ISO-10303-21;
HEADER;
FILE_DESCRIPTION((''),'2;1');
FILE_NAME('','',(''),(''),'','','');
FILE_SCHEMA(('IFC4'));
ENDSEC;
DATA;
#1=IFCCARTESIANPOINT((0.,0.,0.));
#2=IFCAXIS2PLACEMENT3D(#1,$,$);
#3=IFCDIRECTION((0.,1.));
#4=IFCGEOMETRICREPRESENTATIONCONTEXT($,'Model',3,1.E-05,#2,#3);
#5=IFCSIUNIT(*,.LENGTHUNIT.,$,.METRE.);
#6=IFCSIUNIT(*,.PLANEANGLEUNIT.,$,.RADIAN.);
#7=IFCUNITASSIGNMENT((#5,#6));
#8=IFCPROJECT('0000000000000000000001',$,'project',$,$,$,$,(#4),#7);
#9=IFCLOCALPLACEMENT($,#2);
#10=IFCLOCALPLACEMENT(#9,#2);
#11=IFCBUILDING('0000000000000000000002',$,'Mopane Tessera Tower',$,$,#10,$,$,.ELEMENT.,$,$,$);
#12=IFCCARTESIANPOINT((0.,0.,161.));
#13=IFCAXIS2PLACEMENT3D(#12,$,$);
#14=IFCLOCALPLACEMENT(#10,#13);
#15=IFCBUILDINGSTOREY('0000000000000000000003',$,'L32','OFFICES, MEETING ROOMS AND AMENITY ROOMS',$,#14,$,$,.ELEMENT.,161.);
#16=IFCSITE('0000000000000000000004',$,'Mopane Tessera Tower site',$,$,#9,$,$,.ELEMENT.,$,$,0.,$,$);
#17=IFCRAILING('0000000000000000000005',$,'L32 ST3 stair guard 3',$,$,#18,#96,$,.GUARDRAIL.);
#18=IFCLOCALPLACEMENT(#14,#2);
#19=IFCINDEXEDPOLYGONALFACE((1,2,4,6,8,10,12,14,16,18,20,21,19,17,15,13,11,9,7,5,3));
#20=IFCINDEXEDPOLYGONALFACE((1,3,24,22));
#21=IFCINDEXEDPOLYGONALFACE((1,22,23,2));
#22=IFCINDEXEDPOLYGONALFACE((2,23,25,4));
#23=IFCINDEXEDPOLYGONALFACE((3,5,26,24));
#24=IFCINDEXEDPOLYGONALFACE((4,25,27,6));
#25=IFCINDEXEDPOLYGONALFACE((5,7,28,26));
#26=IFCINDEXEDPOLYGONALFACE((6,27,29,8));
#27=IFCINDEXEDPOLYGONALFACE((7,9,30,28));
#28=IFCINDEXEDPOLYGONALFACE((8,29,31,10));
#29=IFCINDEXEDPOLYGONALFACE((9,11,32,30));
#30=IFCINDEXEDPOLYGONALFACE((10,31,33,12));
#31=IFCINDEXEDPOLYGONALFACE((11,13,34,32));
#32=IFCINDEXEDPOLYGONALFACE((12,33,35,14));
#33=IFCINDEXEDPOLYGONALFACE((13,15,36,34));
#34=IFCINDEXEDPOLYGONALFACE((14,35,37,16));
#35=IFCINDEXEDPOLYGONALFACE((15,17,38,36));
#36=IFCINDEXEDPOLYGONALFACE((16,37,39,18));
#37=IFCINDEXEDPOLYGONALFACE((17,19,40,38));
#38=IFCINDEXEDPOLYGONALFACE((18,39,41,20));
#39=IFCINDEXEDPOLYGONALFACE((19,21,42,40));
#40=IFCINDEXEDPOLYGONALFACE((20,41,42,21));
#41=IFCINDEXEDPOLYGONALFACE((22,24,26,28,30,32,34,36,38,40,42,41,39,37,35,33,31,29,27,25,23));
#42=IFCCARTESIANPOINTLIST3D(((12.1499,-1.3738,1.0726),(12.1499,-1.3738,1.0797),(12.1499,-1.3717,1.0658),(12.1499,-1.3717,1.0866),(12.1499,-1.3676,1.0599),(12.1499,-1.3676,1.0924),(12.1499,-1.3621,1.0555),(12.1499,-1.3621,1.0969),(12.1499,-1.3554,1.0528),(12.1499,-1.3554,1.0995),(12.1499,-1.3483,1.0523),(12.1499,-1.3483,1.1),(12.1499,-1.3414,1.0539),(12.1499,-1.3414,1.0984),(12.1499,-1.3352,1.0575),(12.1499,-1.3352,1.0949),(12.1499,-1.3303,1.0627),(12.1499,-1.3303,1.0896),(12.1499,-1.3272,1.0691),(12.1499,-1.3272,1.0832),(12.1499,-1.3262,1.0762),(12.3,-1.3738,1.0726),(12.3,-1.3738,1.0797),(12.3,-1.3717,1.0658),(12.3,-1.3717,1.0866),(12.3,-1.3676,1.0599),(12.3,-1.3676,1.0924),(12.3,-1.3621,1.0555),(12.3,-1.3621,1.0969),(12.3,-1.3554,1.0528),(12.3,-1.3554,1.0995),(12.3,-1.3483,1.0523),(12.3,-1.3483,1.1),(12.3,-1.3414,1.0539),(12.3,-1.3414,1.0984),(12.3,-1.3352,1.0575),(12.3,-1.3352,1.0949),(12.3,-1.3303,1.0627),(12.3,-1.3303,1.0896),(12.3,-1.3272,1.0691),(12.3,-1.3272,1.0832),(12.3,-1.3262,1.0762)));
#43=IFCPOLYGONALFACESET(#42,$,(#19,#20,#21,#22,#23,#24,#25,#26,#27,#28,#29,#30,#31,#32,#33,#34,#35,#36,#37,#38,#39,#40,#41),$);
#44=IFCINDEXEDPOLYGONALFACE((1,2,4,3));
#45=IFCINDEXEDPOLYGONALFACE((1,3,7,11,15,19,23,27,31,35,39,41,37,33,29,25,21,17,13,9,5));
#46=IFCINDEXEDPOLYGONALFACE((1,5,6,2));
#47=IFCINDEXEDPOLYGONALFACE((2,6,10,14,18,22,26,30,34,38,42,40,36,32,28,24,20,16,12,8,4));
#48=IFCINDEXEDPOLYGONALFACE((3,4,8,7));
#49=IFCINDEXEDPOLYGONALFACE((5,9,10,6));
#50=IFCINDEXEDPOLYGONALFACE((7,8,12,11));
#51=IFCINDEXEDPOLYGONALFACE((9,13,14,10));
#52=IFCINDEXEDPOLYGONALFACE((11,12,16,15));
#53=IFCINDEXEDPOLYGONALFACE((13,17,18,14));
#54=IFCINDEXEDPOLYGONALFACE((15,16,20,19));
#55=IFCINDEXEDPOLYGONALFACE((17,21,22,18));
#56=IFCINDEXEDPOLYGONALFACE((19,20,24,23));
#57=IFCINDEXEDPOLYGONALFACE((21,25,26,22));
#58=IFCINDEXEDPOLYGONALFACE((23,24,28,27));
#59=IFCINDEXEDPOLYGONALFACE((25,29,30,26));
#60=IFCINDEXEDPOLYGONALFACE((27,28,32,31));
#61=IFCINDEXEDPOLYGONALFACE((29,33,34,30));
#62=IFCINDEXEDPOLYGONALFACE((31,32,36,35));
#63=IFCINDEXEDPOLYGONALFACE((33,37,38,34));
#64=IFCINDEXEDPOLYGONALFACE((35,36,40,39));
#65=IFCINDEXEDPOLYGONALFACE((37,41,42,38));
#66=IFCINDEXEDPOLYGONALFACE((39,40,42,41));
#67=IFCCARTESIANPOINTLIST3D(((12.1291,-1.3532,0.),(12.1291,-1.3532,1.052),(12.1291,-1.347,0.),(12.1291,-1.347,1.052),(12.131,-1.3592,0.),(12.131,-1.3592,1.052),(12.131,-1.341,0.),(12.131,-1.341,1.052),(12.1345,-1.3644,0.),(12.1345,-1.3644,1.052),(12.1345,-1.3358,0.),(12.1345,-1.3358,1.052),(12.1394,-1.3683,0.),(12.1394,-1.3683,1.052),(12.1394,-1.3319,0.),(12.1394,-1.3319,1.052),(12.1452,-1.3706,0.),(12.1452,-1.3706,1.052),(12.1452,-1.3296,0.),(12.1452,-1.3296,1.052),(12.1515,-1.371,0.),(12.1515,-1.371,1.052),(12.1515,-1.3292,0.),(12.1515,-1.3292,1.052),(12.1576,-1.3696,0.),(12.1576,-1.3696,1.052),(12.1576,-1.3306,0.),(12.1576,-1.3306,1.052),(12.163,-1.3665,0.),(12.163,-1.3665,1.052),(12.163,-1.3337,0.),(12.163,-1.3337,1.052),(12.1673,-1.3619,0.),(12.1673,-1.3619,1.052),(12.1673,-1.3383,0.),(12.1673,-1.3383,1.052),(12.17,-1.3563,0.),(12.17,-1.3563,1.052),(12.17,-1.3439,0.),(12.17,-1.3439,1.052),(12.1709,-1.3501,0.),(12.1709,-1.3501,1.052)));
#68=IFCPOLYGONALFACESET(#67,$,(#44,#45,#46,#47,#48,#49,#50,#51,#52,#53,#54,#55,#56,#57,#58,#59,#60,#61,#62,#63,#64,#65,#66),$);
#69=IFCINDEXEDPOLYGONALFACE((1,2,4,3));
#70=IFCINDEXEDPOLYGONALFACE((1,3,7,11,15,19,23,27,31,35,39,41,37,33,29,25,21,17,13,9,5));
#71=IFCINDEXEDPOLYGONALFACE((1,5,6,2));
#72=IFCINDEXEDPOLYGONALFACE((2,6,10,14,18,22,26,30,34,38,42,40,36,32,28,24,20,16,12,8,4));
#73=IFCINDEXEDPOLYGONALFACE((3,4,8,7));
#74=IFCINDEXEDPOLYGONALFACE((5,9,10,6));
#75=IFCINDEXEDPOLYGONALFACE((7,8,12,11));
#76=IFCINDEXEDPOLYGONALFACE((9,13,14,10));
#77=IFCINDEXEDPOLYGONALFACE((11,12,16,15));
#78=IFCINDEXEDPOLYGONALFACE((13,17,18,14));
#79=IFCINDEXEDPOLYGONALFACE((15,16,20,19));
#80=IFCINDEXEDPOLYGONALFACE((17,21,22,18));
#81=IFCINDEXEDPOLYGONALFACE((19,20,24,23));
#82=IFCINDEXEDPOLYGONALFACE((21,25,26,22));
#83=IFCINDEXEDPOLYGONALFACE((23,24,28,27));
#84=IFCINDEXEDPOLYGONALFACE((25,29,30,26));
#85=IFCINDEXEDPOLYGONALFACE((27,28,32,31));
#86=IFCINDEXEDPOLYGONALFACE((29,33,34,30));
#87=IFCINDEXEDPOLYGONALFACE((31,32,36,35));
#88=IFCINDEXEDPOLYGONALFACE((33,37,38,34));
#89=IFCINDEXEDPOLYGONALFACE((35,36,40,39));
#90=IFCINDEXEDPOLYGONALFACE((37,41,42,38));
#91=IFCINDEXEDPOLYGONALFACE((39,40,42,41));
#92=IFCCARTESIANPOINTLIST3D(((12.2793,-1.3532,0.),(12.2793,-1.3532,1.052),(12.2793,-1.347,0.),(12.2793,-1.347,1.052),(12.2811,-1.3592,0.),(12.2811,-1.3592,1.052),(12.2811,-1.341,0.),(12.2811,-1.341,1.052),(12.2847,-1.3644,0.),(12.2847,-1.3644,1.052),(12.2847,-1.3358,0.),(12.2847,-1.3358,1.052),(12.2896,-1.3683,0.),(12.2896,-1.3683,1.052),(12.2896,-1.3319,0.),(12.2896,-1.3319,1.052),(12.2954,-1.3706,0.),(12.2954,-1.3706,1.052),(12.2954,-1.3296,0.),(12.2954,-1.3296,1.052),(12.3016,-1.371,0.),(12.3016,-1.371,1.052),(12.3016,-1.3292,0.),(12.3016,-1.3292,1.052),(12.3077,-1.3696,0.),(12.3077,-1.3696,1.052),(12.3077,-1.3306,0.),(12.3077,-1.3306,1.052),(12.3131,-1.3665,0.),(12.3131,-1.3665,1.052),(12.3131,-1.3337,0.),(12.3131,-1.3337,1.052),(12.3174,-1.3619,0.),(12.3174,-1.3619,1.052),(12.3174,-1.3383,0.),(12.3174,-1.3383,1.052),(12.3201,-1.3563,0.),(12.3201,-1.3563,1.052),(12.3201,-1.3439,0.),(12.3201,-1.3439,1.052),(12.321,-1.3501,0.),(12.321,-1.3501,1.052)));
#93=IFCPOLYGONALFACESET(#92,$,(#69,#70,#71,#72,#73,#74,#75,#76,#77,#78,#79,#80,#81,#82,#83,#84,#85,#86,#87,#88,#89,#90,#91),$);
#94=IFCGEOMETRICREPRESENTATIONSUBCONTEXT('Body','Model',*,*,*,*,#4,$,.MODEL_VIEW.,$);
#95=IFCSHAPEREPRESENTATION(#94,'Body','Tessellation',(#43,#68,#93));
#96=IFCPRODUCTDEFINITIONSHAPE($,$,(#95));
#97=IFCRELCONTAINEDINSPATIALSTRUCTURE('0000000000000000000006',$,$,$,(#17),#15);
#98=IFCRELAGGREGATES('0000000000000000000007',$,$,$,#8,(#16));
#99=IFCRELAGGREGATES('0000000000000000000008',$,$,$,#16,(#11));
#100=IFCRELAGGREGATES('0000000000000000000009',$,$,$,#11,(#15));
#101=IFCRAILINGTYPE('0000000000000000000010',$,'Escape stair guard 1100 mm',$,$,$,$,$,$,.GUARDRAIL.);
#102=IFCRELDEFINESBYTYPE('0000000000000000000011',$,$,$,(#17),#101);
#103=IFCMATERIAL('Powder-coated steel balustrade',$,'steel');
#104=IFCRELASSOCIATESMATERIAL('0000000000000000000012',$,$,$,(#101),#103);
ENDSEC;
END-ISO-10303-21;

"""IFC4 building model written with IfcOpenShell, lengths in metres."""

from ifc_helpers import new_model, si_unit, direction, frame, origin, origin_2d, place, context, subcontext, project, spatial, circle, extrude, material, type_object, element, save


model = new_model("IFC4")

# Units and contexts
model_context = context("Model", 3, precision=1e-05, world=origin(), true_north=direction((0.0, 1.0)))
body_context = subcontext(model_context, "Body", "Model", "MODEL_VIEW")
ifc_project = project(units=[si_unit("LENGTHUNIT", "METRE"), si_unit("PLANEANGLEUNIT", "RADIAN")], contexts=[model_context])

# Site, building, storey
site_placement = place(None, origin())
site = spatial("IfcSite", under=ifc_project, at=site_placement, Name="Mopane Tessera Tower site", CompositionType="ELEMENT", RefElevation=0.0)
building_placement = place(site_placement, origin())
building = spatial("IfcBuilding", under=site, at=building_placement, Name="Mopane Tessera Tower", CompositionType="ELEMENT")
storey_placement = place(building_placement, frame((0.0, 0.0, 161.0)))
storey = spatial("IfcBuildingStorey", under=building, at=storey_placement, Name="L32", Description="OFFICES, MEETING ROOMS AND AMENITY ROOMS", CompositionType="ELEMENT", Elevation=161.0)

# Railing
ifc_material_1 = material(Name="Powder-coated steel balustrade", Category="steel")
railing_type_1 = type_object("IfcRailingType", Name="Escape stair guard 1100 mm", PredefinedType="GUARDRAIL", material=ifc_material_1)
railing_1_placement = place(storey_placement, frame((12.1499, -1.3501, 0.0)))
element("IfcRailing", 1, at=railing_1_placement, inside=storey, type_object=railing_type_1, Name="L32 ST3 stair guard 3", PredefinedType="GUARDRAIL", context=body_context, shape_type="SweptSolid", body=[
    extrude(circle(Radius=0.0239, at=origin_2d()), frame((0.0, 0.0, 1.0762), z_axis=(1.0, 0.0, 0.0), x_axis=(0.0, 1.0, 0.0)), (0.0, 0.0, 1.0), 0.1501),
    extrude(circle(Radius=0.021, at=origin_2d()), origin(), (0.0, 0.0, 1.0), 1.052),
    extrude(circle(Radius=0.021, at=origin_2d()), frame((0.1501, 0.0, 0.0)), (0.0, 0.0, 1.0), 1.052),
])

save(model, "model.ifc")
